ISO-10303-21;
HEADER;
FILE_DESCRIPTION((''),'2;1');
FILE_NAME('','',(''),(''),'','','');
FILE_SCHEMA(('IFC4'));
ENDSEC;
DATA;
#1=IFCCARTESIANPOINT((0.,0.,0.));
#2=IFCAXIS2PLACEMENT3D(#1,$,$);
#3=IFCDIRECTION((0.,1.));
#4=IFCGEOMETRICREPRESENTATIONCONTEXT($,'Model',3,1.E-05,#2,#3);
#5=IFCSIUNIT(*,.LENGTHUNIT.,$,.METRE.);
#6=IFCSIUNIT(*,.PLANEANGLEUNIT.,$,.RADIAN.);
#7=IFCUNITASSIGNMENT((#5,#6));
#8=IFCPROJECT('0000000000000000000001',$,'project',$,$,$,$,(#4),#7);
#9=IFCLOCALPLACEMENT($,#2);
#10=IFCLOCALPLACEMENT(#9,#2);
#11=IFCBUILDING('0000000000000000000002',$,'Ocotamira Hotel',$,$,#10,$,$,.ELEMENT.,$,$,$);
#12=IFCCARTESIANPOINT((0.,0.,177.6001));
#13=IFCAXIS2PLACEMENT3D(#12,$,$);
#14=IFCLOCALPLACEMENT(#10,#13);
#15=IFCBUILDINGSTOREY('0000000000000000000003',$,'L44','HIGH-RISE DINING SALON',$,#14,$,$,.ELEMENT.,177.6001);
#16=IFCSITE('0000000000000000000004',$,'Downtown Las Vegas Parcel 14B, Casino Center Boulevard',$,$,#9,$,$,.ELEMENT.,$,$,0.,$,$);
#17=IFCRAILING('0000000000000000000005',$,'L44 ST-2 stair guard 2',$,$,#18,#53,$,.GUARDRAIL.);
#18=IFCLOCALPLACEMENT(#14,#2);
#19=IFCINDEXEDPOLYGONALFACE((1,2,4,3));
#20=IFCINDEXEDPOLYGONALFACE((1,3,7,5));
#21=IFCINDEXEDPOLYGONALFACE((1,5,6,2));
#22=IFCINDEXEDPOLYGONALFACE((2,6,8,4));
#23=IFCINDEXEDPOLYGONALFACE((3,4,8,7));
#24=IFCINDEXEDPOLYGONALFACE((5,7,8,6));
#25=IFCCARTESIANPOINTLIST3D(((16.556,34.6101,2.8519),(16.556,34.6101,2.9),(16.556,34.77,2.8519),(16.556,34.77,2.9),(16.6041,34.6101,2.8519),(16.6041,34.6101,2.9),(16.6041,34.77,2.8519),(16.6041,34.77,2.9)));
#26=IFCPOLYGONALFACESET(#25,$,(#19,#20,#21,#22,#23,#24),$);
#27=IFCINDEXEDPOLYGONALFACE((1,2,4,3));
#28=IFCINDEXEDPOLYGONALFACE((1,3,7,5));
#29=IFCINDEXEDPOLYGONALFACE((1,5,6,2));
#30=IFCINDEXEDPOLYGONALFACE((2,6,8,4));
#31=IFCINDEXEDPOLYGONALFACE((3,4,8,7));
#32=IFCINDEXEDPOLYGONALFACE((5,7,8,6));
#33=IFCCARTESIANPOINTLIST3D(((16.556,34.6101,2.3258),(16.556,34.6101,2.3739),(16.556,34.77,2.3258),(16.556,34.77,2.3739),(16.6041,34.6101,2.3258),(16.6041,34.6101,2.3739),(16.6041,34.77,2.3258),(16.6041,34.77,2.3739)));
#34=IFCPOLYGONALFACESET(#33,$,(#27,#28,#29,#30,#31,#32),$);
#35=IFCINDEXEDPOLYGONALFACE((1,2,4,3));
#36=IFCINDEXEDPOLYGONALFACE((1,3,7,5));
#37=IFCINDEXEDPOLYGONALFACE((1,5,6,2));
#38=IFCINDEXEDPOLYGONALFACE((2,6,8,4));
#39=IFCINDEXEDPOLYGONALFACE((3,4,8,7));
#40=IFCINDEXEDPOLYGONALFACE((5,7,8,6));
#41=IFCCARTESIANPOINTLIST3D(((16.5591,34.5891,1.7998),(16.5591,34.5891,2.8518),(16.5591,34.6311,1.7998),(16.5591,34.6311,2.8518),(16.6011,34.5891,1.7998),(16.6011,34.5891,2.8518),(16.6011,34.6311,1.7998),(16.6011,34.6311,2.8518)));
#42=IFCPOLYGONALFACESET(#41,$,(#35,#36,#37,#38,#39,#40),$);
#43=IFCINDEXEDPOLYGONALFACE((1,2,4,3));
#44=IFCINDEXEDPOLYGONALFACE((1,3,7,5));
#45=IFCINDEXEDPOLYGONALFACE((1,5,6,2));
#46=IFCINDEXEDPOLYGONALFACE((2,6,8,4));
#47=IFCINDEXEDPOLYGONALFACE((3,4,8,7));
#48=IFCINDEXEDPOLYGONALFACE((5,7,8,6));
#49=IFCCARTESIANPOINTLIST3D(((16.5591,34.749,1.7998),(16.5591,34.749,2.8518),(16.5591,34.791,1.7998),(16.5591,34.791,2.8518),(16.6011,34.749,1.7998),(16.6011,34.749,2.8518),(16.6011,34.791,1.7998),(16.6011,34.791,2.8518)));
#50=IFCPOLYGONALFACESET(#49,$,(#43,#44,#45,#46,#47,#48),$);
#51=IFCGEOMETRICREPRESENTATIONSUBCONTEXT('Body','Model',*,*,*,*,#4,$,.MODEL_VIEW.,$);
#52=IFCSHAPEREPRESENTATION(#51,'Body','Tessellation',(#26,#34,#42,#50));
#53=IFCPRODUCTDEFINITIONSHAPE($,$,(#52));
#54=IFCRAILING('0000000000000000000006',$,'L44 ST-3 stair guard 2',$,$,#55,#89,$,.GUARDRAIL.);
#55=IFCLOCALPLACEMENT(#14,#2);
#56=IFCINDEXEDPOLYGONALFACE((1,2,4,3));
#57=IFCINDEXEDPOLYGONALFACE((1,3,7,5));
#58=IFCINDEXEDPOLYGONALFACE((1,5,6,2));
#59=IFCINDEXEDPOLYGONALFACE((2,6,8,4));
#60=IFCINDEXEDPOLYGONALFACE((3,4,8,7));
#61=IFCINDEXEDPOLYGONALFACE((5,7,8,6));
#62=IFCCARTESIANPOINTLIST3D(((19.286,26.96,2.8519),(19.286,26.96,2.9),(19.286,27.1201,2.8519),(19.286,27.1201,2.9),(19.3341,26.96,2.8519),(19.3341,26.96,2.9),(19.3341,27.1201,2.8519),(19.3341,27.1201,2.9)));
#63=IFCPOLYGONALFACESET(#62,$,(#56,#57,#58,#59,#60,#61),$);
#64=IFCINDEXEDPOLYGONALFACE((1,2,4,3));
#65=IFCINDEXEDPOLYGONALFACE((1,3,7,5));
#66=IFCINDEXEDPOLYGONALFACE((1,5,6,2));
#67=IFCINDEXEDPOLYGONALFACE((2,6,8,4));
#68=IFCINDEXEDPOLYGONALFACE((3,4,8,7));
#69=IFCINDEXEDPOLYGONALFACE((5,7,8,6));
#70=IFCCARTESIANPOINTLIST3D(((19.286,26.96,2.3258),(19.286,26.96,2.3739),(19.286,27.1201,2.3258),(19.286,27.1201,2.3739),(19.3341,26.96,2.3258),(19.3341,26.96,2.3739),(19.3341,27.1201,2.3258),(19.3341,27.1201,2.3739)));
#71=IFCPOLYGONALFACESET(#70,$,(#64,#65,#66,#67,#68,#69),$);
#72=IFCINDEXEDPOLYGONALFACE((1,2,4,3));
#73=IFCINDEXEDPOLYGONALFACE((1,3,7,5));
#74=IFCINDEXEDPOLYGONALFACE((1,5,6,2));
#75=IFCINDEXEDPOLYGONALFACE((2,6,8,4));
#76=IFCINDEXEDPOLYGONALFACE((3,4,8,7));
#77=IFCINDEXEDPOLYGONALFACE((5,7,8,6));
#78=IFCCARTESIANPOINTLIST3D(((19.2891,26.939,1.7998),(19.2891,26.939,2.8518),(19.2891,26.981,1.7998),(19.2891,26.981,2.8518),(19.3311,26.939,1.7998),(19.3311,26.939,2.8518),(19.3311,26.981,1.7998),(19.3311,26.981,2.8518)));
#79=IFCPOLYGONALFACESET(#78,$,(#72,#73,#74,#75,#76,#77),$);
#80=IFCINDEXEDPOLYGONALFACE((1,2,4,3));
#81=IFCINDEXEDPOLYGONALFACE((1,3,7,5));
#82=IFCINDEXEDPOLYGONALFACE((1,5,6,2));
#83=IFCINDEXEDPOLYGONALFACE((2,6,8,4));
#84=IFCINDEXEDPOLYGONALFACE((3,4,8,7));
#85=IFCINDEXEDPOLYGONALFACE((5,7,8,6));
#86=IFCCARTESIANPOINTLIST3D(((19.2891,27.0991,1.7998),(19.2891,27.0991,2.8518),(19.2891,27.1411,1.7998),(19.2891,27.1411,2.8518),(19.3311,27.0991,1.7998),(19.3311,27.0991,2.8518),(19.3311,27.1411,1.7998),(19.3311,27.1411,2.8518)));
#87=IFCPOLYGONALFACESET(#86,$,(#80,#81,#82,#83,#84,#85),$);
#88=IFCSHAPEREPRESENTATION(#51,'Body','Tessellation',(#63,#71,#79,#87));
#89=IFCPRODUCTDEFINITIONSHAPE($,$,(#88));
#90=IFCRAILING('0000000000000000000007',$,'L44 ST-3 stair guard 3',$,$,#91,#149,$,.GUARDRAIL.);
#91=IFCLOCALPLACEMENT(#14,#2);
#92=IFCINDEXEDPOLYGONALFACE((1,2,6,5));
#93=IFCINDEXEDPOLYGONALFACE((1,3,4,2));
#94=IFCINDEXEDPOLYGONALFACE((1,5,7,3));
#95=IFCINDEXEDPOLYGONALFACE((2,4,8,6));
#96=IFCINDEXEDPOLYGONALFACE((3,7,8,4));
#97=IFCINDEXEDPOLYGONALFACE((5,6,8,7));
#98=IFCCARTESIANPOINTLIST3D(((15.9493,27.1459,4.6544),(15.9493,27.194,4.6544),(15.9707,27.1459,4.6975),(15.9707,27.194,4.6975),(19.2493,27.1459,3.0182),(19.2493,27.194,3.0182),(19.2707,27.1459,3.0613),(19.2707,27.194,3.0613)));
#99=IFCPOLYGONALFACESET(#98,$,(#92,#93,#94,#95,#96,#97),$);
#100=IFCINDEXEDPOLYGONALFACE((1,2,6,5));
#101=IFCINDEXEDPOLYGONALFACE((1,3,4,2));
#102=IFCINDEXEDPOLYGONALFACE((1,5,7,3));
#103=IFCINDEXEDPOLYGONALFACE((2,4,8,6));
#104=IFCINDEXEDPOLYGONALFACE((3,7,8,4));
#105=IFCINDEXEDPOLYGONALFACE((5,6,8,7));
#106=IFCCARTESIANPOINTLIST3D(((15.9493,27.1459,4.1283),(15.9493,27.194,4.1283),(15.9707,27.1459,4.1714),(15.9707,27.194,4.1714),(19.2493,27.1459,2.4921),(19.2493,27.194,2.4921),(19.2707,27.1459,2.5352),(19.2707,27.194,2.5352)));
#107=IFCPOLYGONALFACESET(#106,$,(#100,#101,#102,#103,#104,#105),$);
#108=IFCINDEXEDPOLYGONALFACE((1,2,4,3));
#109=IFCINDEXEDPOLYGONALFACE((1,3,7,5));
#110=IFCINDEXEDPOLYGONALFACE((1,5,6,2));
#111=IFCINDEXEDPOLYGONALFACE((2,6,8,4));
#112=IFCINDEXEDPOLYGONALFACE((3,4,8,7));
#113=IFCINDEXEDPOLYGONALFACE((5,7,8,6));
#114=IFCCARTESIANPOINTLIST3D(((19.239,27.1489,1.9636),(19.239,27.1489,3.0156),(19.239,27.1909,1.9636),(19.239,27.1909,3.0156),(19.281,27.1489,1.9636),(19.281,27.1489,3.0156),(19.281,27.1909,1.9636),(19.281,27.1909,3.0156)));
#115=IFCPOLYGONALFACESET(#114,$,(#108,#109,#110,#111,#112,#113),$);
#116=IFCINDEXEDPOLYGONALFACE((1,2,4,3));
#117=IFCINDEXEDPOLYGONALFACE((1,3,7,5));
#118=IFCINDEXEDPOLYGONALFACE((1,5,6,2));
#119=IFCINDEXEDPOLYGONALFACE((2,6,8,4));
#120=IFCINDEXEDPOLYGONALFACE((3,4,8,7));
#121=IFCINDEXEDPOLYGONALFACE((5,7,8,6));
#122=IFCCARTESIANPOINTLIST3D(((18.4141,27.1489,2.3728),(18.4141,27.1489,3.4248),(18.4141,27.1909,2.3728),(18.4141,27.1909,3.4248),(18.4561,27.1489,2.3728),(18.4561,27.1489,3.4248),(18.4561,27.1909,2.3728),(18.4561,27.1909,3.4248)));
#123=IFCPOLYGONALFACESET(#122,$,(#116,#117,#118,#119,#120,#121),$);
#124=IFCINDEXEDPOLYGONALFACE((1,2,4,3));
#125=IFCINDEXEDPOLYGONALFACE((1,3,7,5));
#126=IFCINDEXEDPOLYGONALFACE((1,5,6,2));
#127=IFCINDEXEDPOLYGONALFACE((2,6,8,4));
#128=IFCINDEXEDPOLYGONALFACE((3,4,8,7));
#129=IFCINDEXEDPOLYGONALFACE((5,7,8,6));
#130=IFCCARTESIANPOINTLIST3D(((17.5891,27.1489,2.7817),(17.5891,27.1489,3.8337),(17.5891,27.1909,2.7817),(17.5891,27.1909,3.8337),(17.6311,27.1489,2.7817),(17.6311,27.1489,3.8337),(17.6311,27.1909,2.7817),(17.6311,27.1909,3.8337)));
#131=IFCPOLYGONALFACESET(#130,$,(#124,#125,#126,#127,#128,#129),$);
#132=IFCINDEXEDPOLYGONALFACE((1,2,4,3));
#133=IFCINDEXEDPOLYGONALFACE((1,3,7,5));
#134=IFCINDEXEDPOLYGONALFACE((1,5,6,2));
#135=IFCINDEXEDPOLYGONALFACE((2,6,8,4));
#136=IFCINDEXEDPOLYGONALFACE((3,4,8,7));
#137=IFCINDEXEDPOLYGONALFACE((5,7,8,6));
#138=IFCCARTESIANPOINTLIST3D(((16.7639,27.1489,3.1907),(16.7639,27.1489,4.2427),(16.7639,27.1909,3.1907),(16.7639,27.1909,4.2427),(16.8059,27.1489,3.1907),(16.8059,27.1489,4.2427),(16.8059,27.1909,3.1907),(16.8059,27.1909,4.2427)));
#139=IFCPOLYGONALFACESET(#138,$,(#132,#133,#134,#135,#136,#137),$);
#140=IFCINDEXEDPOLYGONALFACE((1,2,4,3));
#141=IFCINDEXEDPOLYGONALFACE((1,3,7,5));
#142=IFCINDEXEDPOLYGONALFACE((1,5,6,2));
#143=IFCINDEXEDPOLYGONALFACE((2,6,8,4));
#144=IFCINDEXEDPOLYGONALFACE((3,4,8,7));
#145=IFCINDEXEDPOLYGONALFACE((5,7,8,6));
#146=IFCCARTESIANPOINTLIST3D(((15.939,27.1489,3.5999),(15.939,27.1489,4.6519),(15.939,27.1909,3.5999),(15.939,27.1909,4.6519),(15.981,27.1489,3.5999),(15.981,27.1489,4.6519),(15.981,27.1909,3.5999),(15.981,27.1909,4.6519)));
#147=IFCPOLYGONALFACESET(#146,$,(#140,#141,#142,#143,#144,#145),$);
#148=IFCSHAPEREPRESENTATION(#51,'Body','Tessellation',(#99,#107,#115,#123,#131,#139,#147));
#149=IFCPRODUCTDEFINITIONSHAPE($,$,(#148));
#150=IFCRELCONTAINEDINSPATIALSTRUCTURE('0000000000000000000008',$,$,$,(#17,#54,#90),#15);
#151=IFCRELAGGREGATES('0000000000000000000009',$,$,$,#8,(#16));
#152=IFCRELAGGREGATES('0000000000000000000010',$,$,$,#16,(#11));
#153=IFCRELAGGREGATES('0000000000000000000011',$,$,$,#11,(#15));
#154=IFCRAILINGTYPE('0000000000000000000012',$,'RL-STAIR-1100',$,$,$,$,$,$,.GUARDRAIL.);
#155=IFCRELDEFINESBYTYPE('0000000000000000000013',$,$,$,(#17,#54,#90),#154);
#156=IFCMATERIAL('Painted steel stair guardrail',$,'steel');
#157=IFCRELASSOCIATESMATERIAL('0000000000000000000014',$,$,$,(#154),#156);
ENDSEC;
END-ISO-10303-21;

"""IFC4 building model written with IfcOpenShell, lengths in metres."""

from ifc_helpers import new_model, si_unit, direction, frame, origin, origin_2d, place, context, subcontext, project, spatial, rectangle, extrude, material, type_object, element, save


model = new_model("IFC4")

# Units and contexts
model_context = context("Model", 3, precision=1e-05, world=origin(), true_north=direction((0.0, 1.0)))
body_context = subcontext(model_context, "Body", "Model", "MODEL_VIEW")
ifc_project = project(units=[si_unit("LENGTHUNIT", "METRE"), si_unit("PLANEANGLEUNIT", "RADIAN")], contexts=[model_context])

# Site, building, storey
site_placement = place(None, origin())
site = spatial("IfcSite", under=ifc_project, at=site_placement, Name="Downtown Las Vegas Parcel 14B, Casino Center Boulevard", CompositionType="ELEMENT", RefElevation=0.0)
building_placement = place(site_placement, origin())
building = spatial("IfcBuilding", under=site, at=building_placement, Name="Ocotamira Hotel", CompositionType="ELEMENT")
storey_placement = place(building_placement, frame((0.0, 0.0, 177.6001)))
storey = spatial("IfcBuildingStorey", under=building, at=storey_placement, Name="L44", Description="HIGH-RISE DINING SALON", CompositionType="ELEMENT", Elevation=177.6001)

# Railings
ifc_material_1 = material(Name="Painted steel stair guardrail", Category="steel")
railing_type_1 = type_object("IfcRailingType", Name="RL-STAIR-1100", PredefinedType="GUARDRAIL", material=ifc_material_1)
railing_1_placement = place(storey_placement, frame((16.5801, 34.6101, 1.7998)))
element("IfcRailing", 1, at=railing_1_placement, inside=storey, type_object=railing_type_1, Name="L44 ST-2 stair guard 2", PredefinedType="GUARDRAIL", context=body_context, shape_type="SweptSolid", body=[
    extrude(rectangle(XDim=0.0481, YDim=0.0481, at=origin_2d()), frame((0.0, 0.0, 1.0762), z_axis=(0.0, 1.0, 0.0), x_axis=(-1.0, 0.0, 0.0)), (0.0, 0.0, 1.0), 0.1599),
    extrude(rectangle(XDim=0.0481, YDim=0.0481, at=origin_2d()), frame((0.0, 0.0, 0.55), z_axis=(0.0, 1.0, 0.0), x_axis=(-1.0, 0.0, 0.0)), (0.0, 0.0, 1.0), 0.1599),
    extrude(rectangle(XDim=0.042, YDim=0.042, at=origin_2d()), origin(), (0.0, 0.0, 1.0), 1.052),
    extrude(rectangle(XDim=0.042, YDim=0.042, at=origin_2d()), frame((0.0, 0.1599, 0.0)), (0.0, 0.0, 1.0), 1.052),
])
railing_2_placement = place(storey_placement, frame((19.3101, 26.96, 1.7998)))
element("IfcRailing", 2, at=railing_2_placement, inside=storey, type_object=railing_type_1, Name="L44 ST-3 stair guard 2", PredefinedType="GUARDRAIL", context=body_context, shape_type="SweptSolid", body=[
    extrude(rectangle(XDim=0.0481, YDim=0.0481, at=origin_2d()), frame((0.0, 0.0, 1.0762), z_axis=(0.0, 1.0, 0.0), x_axis=(-1.0, 0.0, 0.0)), (0.0, 0.0, 1.0), 0.1602),
    extrude(rectangle(XDim=0.0481, YDim=0.0481, at=origin_2d()), frame((0.0, 0.0, 0.55), z_axis=(0.0, 1.0, 0.0), x_axis=(-1.0, 0.0, 0.0)), (0.0, 0.0, 1.0), 0.1602),
    extrude(rectangle(XDim=0.042, YDim=0.042, at=origin_2d()), origin(), (0.0, 0.0, 1.0), 1.052),
    extrude(rectangle(XDim=0.042, YDim=0.042, at=origin_2d()), frame((0.0, 0.1602, 0.0)), (0.0, 0.0, 1.0), 1.052),
])
railing_3_placement = place(storey_placement, frame((19.26, 27.1699, 1.9636)))
element("IfcRailing", 3, at=railing_3_placement, inside=storey, type_object=railing_type_1, Name="L44 ST-3 stair guard 3", PredefinedType="GUARDRAIL", context=body_context, shape_type="SweptSolid", body=[
    extrude(rectangle(XDim=0.0481, YDim=0.0481, at=origin_2d()), frame((0.0, 0.0, 1.0762), z_axis=(-0.89592, 0.0, 0.444215), x_axis=(0.0, -1.0, 0.0)), (0.0, 0.0, 1.0), 3.6833),
    extrude(rectangle(XDim=0.0481, YDim=0.0481, at=origin_2d()), frame((0.0, 0.0, 0.55), z_axis=(-0.89592, 0.0, 0.444215), x_axis=(0.0, -1.0, 0.0)), (0.0, 0.0, 1.0), 3.6833),
    extrude(rectangle(XDim=0.042, YDim=0.042, at=origin_2d()), origin(), (0.0, 0.0, 1.0), 1.052),
    extrude(rectangle(XDim=0.042, YDim=0.042, at=origin_2d()), frame((-0.825, 0.0, 0.4092)), (0.0, 0.0, 1.0), 1.052),
    extrude(rectangle(XDim=0.042, YDim=0.042, at=origin_2d()), frame((-1.6499, 0.0, 0.8181)), (0.0, 0.0, 1.0), 1.052),
    extrude(rectangle(XDim=0.042, YDim=0.042, at=origin_2d()), frame((-2.4751, 0.0, 1.2271)), (0.0, 0.0, 1.0), 1.052),
    extrude(rectangle(XDim=0.042, YDim=0.042, at=origin_2d()), frame((-3.3, 0.0, 1.6362)), (0.0, 0.0, 1.0), 1.052),
])

save(model, "model.ifc")
